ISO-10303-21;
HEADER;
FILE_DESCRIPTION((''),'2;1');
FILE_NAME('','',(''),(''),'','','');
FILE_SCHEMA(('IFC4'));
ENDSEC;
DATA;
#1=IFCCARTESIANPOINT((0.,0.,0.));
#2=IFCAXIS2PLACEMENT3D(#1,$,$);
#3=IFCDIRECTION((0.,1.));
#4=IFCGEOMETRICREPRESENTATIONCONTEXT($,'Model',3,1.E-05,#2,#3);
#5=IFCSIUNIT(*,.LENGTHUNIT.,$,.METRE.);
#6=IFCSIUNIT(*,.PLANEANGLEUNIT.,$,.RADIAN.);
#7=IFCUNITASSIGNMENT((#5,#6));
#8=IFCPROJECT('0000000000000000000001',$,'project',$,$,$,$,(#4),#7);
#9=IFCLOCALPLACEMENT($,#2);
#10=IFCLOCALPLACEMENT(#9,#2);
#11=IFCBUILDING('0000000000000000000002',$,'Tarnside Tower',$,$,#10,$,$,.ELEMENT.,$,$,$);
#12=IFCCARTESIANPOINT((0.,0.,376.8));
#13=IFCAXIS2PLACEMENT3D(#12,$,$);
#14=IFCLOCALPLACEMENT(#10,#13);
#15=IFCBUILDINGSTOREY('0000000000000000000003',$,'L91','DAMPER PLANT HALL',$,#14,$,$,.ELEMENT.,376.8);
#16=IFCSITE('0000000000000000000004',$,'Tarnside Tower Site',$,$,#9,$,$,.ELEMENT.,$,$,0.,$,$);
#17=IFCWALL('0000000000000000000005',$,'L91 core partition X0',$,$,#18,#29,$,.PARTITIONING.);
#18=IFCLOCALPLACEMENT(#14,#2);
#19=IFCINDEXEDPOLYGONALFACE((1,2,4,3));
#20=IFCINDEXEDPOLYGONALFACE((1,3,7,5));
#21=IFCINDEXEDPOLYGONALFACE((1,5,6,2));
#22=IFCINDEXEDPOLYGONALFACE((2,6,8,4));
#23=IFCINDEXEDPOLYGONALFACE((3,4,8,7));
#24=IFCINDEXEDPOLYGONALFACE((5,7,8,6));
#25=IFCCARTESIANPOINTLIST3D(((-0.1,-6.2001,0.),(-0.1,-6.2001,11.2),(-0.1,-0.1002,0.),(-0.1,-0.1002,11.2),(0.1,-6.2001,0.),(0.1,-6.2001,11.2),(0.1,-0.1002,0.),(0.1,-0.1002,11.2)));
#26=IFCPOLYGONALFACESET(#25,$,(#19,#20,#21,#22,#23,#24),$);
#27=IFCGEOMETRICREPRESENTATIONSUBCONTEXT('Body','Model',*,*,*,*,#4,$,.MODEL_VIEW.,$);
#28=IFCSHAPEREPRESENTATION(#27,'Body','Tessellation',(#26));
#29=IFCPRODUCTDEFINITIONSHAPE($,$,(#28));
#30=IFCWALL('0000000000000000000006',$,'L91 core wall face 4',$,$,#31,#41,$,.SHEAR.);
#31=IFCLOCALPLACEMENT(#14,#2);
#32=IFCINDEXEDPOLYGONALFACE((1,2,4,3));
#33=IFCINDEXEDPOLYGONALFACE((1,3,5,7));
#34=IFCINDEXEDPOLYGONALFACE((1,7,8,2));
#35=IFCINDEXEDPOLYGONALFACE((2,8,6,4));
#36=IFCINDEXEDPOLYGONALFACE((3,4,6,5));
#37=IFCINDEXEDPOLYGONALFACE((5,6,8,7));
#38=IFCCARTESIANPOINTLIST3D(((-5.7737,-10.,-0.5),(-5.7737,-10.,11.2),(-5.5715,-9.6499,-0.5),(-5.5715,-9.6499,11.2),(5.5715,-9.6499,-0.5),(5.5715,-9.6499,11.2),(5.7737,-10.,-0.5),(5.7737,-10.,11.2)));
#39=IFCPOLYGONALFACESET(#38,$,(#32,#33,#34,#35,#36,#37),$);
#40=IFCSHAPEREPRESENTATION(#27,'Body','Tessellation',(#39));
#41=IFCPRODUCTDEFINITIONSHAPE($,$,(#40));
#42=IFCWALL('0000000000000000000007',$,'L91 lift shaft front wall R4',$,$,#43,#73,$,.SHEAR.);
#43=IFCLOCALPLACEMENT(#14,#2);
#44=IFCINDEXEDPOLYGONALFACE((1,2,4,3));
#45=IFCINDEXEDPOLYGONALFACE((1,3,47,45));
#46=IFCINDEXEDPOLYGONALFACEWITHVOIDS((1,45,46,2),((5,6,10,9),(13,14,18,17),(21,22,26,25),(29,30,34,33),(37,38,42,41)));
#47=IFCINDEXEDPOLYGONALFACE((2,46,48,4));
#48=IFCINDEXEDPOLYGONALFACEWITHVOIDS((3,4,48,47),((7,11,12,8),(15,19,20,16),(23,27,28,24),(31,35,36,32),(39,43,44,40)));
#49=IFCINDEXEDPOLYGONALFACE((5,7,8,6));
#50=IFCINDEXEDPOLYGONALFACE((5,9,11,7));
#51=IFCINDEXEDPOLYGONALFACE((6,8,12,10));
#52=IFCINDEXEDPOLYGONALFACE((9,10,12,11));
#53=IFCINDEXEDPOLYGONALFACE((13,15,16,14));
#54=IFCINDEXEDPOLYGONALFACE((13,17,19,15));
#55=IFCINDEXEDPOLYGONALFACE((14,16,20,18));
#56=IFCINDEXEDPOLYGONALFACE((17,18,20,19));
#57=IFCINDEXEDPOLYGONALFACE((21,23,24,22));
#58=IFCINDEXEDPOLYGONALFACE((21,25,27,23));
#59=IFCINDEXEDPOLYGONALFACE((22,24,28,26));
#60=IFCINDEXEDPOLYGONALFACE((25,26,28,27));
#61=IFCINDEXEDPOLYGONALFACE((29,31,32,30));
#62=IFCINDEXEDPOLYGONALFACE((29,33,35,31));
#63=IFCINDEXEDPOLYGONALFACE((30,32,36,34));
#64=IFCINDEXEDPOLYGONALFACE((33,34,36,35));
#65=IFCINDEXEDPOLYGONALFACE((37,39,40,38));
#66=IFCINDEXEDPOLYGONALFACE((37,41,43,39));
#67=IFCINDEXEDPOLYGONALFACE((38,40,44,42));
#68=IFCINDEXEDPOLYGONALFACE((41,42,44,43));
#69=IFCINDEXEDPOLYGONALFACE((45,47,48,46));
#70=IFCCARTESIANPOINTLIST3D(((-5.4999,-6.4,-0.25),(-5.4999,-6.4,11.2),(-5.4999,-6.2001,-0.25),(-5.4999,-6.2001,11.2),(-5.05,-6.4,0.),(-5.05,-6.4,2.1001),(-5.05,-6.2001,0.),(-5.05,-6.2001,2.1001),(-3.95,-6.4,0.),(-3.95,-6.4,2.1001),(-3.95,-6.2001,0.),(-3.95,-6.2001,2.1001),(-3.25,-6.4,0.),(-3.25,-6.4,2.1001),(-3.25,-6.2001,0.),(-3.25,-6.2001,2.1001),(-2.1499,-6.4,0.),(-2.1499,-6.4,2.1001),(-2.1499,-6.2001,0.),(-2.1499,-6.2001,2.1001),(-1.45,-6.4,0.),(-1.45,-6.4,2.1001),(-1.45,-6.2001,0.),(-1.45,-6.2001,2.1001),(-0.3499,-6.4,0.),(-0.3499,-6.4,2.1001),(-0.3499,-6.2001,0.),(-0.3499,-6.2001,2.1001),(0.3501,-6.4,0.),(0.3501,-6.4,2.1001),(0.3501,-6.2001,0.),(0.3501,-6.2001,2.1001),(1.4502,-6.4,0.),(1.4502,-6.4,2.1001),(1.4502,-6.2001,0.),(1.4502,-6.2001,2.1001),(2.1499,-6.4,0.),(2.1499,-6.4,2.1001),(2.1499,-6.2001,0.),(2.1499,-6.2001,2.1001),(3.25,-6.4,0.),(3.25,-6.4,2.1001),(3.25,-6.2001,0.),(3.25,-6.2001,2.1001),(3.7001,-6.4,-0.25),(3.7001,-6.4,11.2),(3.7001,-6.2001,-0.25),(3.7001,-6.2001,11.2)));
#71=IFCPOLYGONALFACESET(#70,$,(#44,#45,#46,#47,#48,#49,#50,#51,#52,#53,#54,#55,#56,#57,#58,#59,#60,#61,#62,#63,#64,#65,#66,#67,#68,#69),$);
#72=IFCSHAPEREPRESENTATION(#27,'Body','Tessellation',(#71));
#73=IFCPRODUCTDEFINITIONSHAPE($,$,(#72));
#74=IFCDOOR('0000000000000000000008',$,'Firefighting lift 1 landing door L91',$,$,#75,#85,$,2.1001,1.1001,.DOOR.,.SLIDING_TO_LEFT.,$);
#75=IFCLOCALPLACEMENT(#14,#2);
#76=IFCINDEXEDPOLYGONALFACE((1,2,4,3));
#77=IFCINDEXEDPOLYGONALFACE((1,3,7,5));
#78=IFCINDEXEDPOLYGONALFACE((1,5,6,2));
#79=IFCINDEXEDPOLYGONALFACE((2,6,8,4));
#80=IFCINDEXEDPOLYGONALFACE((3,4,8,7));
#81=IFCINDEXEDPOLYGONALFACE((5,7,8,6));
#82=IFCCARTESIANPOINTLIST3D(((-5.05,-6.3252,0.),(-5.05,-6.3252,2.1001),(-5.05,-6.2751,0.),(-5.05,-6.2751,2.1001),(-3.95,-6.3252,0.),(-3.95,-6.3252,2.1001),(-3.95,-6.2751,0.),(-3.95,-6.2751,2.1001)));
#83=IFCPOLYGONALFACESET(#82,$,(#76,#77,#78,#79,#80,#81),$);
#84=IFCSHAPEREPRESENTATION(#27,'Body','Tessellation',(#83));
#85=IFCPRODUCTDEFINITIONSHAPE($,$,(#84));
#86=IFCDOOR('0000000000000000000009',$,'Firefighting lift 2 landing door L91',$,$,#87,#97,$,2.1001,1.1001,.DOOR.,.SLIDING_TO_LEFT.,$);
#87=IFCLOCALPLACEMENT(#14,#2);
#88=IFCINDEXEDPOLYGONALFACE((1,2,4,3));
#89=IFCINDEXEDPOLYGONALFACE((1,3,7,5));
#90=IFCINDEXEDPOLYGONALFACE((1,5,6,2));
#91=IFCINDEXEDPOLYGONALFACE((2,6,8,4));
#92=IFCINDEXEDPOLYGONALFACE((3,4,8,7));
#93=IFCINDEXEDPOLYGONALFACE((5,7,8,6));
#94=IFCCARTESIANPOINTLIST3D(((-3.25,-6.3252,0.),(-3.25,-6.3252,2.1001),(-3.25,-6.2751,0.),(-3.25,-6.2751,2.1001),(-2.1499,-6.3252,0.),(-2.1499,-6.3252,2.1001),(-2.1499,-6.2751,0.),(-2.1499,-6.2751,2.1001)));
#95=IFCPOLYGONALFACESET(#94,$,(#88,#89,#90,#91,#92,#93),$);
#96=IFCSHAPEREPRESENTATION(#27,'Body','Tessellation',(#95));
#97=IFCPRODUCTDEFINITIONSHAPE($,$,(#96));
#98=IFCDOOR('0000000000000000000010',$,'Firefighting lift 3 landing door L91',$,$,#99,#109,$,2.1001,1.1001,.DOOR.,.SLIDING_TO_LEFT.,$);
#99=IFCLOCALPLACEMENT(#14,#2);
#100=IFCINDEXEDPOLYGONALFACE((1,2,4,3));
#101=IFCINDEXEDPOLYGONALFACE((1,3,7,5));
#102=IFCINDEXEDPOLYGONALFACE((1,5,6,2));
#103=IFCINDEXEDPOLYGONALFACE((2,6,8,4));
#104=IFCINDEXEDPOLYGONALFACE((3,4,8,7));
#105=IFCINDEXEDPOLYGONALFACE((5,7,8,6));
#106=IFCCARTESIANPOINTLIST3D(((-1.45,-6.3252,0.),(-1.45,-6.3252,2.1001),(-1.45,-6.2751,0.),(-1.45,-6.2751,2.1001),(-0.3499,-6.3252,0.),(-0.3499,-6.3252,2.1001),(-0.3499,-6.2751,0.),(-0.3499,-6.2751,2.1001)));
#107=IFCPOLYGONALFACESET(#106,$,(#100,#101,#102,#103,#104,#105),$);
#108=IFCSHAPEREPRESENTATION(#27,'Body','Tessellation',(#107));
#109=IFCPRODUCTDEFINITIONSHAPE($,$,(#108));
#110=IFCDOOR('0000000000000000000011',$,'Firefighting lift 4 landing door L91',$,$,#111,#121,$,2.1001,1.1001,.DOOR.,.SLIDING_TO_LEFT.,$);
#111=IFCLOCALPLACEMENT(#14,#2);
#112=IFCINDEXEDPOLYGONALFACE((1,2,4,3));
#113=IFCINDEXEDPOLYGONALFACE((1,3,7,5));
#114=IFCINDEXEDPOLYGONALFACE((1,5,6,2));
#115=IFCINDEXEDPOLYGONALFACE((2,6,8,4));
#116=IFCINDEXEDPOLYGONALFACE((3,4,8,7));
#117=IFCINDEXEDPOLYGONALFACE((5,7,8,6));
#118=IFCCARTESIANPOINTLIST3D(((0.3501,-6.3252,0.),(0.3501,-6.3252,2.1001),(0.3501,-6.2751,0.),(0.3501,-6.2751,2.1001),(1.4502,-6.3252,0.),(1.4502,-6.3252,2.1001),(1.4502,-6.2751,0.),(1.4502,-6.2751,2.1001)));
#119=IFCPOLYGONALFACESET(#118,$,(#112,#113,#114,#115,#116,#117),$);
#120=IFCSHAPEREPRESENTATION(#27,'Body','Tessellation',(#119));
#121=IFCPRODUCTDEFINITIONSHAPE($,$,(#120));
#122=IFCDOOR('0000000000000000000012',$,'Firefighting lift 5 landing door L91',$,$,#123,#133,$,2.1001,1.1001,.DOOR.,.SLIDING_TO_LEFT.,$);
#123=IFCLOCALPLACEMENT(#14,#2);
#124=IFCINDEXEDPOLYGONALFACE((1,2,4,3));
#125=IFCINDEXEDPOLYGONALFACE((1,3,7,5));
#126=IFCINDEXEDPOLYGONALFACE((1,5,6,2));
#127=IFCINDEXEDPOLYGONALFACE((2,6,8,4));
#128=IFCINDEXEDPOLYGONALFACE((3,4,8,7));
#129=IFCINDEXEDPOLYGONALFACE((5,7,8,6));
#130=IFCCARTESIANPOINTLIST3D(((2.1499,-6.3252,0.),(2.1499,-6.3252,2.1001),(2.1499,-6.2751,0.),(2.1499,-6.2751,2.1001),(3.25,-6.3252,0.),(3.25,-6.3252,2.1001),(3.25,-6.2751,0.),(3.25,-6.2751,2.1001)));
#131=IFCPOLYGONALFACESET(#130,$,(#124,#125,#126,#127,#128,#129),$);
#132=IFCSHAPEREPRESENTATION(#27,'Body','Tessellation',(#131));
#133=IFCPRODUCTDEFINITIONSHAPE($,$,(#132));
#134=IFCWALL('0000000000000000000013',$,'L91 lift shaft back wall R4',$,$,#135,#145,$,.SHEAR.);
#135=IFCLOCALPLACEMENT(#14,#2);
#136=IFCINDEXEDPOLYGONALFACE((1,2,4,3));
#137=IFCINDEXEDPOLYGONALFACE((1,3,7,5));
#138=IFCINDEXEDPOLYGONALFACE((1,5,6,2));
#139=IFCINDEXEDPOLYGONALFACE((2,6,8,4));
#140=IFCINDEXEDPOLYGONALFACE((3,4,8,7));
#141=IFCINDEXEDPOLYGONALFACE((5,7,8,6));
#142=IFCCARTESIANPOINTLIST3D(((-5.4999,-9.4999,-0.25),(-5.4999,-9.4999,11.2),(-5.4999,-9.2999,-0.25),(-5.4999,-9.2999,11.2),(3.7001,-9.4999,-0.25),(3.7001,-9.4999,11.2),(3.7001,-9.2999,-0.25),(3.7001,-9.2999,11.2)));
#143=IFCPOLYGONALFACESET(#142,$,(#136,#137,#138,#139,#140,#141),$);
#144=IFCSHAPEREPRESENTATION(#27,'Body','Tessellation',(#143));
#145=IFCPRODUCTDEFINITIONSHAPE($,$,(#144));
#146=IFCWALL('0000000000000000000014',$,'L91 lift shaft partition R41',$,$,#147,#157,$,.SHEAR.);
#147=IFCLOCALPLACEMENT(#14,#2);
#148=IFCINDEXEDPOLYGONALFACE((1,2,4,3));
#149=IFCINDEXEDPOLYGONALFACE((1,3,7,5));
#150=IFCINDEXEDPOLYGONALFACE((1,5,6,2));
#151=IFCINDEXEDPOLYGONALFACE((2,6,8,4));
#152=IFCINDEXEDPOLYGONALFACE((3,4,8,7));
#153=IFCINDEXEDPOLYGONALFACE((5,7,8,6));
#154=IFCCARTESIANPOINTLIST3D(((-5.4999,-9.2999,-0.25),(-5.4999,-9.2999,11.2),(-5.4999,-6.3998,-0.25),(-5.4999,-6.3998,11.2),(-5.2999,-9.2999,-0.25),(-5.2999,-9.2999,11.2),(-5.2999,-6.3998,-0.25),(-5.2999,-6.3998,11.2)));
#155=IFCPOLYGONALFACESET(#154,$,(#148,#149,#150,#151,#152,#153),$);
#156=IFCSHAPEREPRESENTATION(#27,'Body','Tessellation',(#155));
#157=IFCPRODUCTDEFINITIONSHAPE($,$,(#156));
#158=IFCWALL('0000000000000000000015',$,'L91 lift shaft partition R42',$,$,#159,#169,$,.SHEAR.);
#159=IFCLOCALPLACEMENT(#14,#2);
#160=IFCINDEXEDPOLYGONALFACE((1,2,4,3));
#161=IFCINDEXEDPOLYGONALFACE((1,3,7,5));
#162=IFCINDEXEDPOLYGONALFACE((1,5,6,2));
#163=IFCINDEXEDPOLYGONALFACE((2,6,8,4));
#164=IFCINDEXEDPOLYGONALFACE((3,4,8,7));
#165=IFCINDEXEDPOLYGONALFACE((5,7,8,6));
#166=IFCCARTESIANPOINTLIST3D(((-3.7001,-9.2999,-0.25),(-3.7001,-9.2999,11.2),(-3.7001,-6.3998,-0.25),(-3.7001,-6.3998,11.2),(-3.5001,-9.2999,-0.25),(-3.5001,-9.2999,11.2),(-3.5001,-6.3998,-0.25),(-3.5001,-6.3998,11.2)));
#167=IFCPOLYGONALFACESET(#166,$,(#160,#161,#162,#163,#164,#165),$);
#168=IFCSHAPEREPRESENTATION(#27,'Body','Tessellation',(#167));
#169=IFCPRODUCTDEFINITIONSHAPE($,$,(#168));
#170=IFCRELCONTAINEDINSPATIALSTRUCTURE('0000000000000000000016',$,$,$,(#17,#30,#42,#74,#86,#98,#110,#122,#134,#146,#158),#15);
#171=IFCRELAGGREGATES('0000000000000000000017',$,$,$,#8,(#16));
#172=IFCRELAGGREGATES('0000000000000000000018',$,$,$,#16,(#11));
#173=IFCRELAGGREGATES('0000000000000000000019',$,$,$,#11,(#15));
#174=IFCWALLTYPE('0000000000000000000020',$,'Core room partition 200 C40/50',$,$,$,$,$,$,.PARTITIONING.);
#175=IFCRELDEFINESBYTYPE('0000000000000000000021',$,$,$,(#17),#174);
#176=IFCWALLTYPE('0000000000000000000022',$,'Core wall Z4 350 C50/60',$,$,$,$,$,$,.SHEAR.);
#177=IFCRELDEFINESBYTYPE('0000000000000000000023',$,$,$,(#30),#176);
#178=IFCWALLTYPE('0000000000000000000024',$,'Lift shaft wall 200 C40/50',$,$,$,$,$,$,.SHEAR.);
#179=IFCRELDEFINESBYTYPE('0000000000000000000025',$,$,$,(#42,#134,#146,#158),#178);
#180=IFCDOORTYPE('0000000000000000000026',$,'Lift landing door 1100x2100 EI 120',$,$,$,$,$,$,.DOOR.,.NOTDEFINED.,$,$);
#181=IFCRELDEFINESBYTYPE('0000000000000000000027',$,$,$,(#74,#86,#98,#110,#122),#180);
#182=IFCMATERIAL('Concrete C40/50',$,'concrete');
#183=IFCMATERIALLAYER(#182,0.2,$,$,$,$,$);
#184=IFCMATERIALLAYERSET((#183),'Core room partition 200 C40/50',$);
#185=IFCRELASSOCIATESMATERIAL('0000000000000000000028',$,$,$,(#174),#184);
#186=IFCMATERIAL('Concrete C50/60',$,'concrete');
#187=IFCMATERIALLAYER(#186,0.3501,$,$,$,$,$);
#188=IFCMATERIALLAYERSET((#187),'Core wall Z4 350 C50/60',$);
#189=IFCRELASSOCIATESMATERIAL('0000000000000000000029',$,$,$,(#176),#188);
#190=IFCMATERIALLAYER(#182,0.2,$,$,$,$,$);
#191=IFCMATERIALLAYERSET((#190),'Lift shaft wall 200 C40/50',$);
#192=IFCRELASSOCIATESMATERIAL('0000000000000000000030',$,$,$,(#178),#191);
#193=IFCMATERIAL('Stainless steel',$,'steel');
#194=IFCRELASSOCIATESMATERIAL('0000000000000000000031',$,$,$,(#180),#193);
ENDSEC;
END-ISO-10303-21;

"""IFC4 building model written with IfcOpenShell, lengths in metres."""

from ifc_helpers import new_model, si_unit, direction, frame, frame_2d, origin, place, context, subcontext, project, spatial, polyline, rectangle, outline, extrude, material, layer, layer_set, type_object, element, fill, save


model = new_model("IFC4")

# Units and contexts
model_context = context("Model", 3, precision=1e-05, world=origin(), true_north=direction((0.0, 1.0)))
body_context = subcontext(model_context, "Body", "Model", "MODEL_VIEW")
ifc_project = project(units=[si_unit("LENGTHUNIT", "METRE"), si_unit("PLANEANGLEUNIT", "RADIAN")], contexts=[model_context])

# Site, building, storey
site_placement = place(None, origin())
site = spatial("IfcSite", under=ifc_project, at=site_placement, Name="Tarnside Tower Site", CompositionType="ELEMENT", RefElevation=0.0)
building_placement = place(site_placement, origin())
building = spatial("IfcBuilding", under=site, at=building_placement, Name="Tarnside Tower", CompositionType="ELEMENT")
storey_placement = place(building_placement, frame((0.0, 0.0, 376.8)))
storey = spatial("IfcBuildingStorey", under=building, at=storey_placement, Name="L91", Description="DAMPER PLANT HALL", CompositionType="ELEMENT", Elevation=376.8)

# Walls
ifc_material_1 = material(Name="Concrete C40/50", Category="concrete")
ifc_layer_1 = layer(ifc_material_1, 0.2)
ifc_layer_set_1 = layer_set([ifc_layer_1], Name="Core room partition 200 C40/50")
wall_type_1 = type_object("IfcWallType", Name="Core room partition 200 C40/50", PredefinedType="PARTITIONING", material=ifc_layer_set_1)
wall_1_placement = place(storey_placement, frame((0.0, -6.2, 0.0), z_axis=(0.0, 0.0, 1.0), x_axis=(0.0, 1.0, 0.0)))
element("IfcWall", 1, at=wall_1_placement, inside=storey, type_object=wall_type_1, Name="L91 core partition X0", PredefinedType="PARTITIONING", context=body_context, shape_type="SweptSolid", body=[
    extrude(rectangle(XDim=6.0999, YDim=0.2, at=frame_2d((3.0498, 0.0))), origin(), (0.0, 0.0, 1.0), 11.2),
])
ifc_material_2 = material(Name="Concrete C50/60", Category="concrete")
ifc_layer_2 = layer(ifc_material_2, 0.3501)
ifc_layer_set_2 = layer_set([ifc_layer_2], Name="Core wall Z4 350 C50/60")
wall_type_2 = type_object("IfcWallType", Name="Core wall Z4 350 C50/60", PredefinedType="SHEAR", material=ifc_layer_set_2)
wall_2_placement = place(storey_placement, frame((-5.6726, -9.825, -0.5), z_axis=(0.0, 0.0, 1.0), x_axis=(1.0, 0.0, 0.0)))
element("IfcWall", 2, at=wall_2_placement, inside=storey, type_object=wall_type_2, Name="L91 core wall face 4", PredefinedType="SHEAR", context=body_context, shape_type="SweptSolid", body=[
    extrude(outline(polyline([(-0.1011, -0.175), (11.4463, -0.175), (11.2441, 0.175), (0.1011, 0.175), (-0.1011, -0.175)])), origin(), (0.0, 0.0, 1.0), 11.7),
])

# Wall, openings, doors
ifc_layer_3 = layer(ifc_material_1, 0.2)
ifc_layer_set_3 = layer_set([ifc_layer_3], Name="Lift shaft wall 200 C40/50")
wall_type_3 = type_object("IfcWallType", Name="Lift shaft wall 200 C40/50", PredefinedType="SHEAR", material=ifc_layer_set_3)
wall_3_placement = place(storey_placement, frame((-5.5, -6.3, -0.25), z_axis=(0.0, 0.0, 1.0), x_axis=(1.0, 0.0, 0.0)))
wall_3 = element("IfcWall", 3, at=wall_3_placement, inside=storey, type_object=wall_type_3, Name="L91 lift shaft front wall R4", PredefinedType="SHEAR", context=body_context, shape_type="SweptSolid", body=[
    extrude(rectangle(XDim=9.2, YDim=0.2, at=frame_2d((4.6001, 0.0))), origin(), (0.0, 0.0, 1.0), 11.45),
])
opening_1_placement = place(wall_3_placement, frame((0.45, 0.0, 0.25)))
opening_1 = element("IfcOpeningElement", 4, at=opening_1_placement, cuts=wall_3, PredefinedType="OPENING", context=body_context, shape_type="SweptSolid", body=[
    extrude(rectangle(XDim=1.1001, YDim=2.1001, at=frame_2d((0.55, 1.05))), frame((0.0, 0.1099, 0.0), z_axis=(0.0, -1.0, 0.0), x_axis=(1.0, 0.0, 0.0)), (0.0, 0.0, 1.0), 0.22),
])
opening_2_placement = place(wall_3_placement, frame((2.25, 0.0, 0.25)))
opening_2 = element("IfcOpeningElement", 5, at=opening_2_placement, cuts=wall_3, PredefinedType="OPENING", context=body_context, shape_type="SweptSolid", body=[
    extrude(rectangle(XDim=1.1001, YDim=2.1001, at=frame_2d((0.55, 1.05))), frame((0.0, 0.1099, 0.0), z_axis=(0.0, -1.0, 0.0), x_axis=(1.0, 0.0, 0.0)), (0.0, 0.0, 1.0), 0.22),
])
opening_3_placement = place(wall_3_placement, frame((4.05, 0.0, 0.25)))
opening_3 = element("IfcOpeningElement", 6, at=opening_3_placement, cuts=wall_3, PredefinedType="OPENING", context=body_context, shape_type="SweptSolid", body=[
    extrude(rectangle(XDim=1.1001, YDim=2.1001, at=frame_2d((0.55, 1.05))), frame((0.0, 0.1099, 0.0), z_axis=(0.0, -1.0, 0.0), x_axis=(1.0, 0.0, 0.0)), (0.0, 0.0, 1.0), 0.22),
])
opening_4_placement = place(wall_3_placement, frame((5.8501, 0.0, 0.25)))
opening_4 = element("IfcOpeningElement", 7, at=opening_4_placement, cuts=wall_3, PredefinedType="OPENING", context=body_context, shape_type="SweptSolid", body=[
    extrude(rectangle(XDim=1.1001, YDim=2.1001, at=frame_2d((0.55, 1.05))), frame((0.0, 0.1099, 0.0), z_axis=(0.0, -1.0, 0.0), x_axis=(1.0, 0.0, 0.0)), (0.0, 0.0, 1.0), 0.22),
])
opening_5_placement = place(wall_3_placement, frame((7.6499, 0.0, 0.25)))
opening_5 = element("IfcOpeningElement", 8, at=opening_5_placement, cuts=wall_3, PredefinedType="OPENING", context=body_context, shape_type="SweptSolid", body=[
    extrude(rectangle(XDim=1.1001, YDim=2.1001, at=frame_2d((0.55, 1.05))), frame((0.0, 0.1099, 0.0), z_axis=(0.0, -1.0, 0.0), x_axis=(1.0, 0.0, 0.0)), (0.0, 0.0, 1.0), 0.22),
])
ifc_material_3 = material(Name="Stainless steel", Category="steel")
door_type_1 = type_object("IfcDoorType", Name="Lift landing door 1100x2100 EI 120", OperationType="NOTDEFINED", PredefinedType="DOOR", material=ifc_material_3)
door_1_placement = place(opening_1_placement, origin())
door_1 = element("IfcDoor", 9, at=door_1_placement, inside=storey, type_object=door_type_1, Name="Firefighting lift 1 landing door L91", OperationType="SLIDING_TO_LEFT", OverallHeight=2.1001, OverallWidth=1.1001, PredefinedType="DOOR", context=body_context, shape_type="SweptSolid", body=[
    extrude(rectangle(XDim=1.1001, YDim=2.1001, at=frame_2d((0.55, 1.05))), frame((0.0, 0.0249, 0.0), z_axis=(0.0, -1.0, 0.0), x_axis=(1.0, 0.0, 0.0)), (0.0, 0.0, 1.0), 0.05),
])
fill(opening_1, door_1)
door_2_placement = place(opening_2_placement, origin())
door_2 = element("IfcDoor", 10, at=door_2_placement, inside=storey, type_object=door_type_1, Name="Firefighting lift 2 landing door L91", OperationType="SLIDING_TO_LEFT", OverallHeight=2.1001, OverallWidth=1.1001, PredefinedType="DOOR", context=body_context, shape_type="SweptSolid", body=[
    extrude(rectangle(XDim=1.1001, YDim=2.1001, at=frame_2d((0.55, 1.05))), frame((0.0, 0.0249, 0.0), z_axis=(0.0, -1.0, 0.0), x_axis=(1.0, 0.0, 0.0)), (0.0, 0.0, 1.0), 0.05),
])
fill(opening_2, door_2)
door_3_placement = place(opening_3_placement, origin())
door_3 = element("IfcDoor", 11, at=door_3_placement, inside=storey, type_object=door_type_1, Name="Firefighting lift 3 landing door L91", OperationType="SLIDING_TO_LEFT", OverallHeight=2.1001, OverallWidth=1.1001, PredefinedType="DOOR", context=body_context, shape_type="SweptSolid", body=[
    extrude(rectangle(XDim=1.1001, YDim=2.1001, at=frame_2d((0.55, 1.05))), frame((0.0, 0.0249, 0.0), z_axis=(0.0, -1.0, 0.0), x_axis=(1.0, 0.0, 0.0)), (0.0, 0.0, 1.0), 0.05),
])
fill(opening_3, door_3)
door_4_placement = place(opening_4_placement, origin())
door_4 = element("IfcDoor", 12, at=door_4_placement, inside=storey, type_object=door_type_1, Name="Firefighting lift 4 landing door L91", OperationType="SLIDING_TO_LEFT", OverallHeight=2.1001, OverallWidth=1.1001, PredefinedType="DOOR", context=body_context, shape_type="SweptSolid", body=[
    extrude(rectangle(XDim=1.1001, YDim=2.1001, at=frame_2d((0.55, 1.05))), frame((0.0, 0.0249, 0.0), z_axis=(0.0, -1.0, 0.0), x_axis=(1.0, 0.0, 0.0)), (0.0, 0.0, 1.0), 0.05),
])
fill(opening_4, door_4)
door_5_placement = place(opening_5_placement, origin())
door_5 = element("IfcDoor", 13, at=door_5_placement, inside=storey, type_object=door_type_1, Name="Firefighting lift 5 landing door L91", OperationType="SLIDING_TO_LEFT", OverallHeight=2.1001, OverallWidth=1.1001, PredefinedType="DOOR", context=body_context, shape_type="SweptSolid", body=[
    extrude(rectangle(XDim=1.1001, YDim=2.1001, at=frame_2d((0.55, 1.05))), frame((0.0, 0.0249, 0.0), z_axis=(0.0, -1.0, 0.0), x_axis=(1.0, 0.0, 0.0)), (0.0, 0.0, 1.0), 0.05),
])
fill(opening_5, door_5)

# Walls
wall_4_placement = place(storey_placement, frame((-5.5, -9.3999, -0.25), z_axis=(0.0, 0.0, 1.0), x_axis=(1.0, 0.0, 0.0)))
element("IfcWall", 14, at=wall_4_placement, inside=storey, type_object=wall_type_3, Name="L91 lift shaft back wall R4", PredefinedType="SHEAR", context=body_context, shape_type="SweptSolid", body=[
    extrude(rectangle(XDim=9.2, YDim=0.2, at=frame_2d((4.6001, 0.0))), origin(), (0.0, 0.0, 1.0), 11.45),
])
for number, where, z_axis, x_axis, name in (
    (15, (-5.3999, -9.3, -0.25), (0.0, 0.0, 1.0), (0.0, 1.0, 0.0), "L91 lift shaft partition R41"),
    (16, (-3.6001, -9.3, -0.25), (0.0, 0.0, 1.0), (0.0, 1.0, 0.0), "L91 lift shaft partition R42"),
):
    element("IfcWall", number, at=place(storey_placement, frame(where, z_axis=z_axis, x_axis=x_axis)), inside=storey, type_object=wall_type_3, Name=name, PredefinedType="SHEAR", context=body_context, shape_type="SweptSolid", body=[
        extrude(rectangle(XDim=2.9001, YDim=0.2, at=frame_2d((1.4502, 0.0))), origin(), (0.0, 0.0, 1.0), 11.45),
    ])

save(model, "model.ifc")
